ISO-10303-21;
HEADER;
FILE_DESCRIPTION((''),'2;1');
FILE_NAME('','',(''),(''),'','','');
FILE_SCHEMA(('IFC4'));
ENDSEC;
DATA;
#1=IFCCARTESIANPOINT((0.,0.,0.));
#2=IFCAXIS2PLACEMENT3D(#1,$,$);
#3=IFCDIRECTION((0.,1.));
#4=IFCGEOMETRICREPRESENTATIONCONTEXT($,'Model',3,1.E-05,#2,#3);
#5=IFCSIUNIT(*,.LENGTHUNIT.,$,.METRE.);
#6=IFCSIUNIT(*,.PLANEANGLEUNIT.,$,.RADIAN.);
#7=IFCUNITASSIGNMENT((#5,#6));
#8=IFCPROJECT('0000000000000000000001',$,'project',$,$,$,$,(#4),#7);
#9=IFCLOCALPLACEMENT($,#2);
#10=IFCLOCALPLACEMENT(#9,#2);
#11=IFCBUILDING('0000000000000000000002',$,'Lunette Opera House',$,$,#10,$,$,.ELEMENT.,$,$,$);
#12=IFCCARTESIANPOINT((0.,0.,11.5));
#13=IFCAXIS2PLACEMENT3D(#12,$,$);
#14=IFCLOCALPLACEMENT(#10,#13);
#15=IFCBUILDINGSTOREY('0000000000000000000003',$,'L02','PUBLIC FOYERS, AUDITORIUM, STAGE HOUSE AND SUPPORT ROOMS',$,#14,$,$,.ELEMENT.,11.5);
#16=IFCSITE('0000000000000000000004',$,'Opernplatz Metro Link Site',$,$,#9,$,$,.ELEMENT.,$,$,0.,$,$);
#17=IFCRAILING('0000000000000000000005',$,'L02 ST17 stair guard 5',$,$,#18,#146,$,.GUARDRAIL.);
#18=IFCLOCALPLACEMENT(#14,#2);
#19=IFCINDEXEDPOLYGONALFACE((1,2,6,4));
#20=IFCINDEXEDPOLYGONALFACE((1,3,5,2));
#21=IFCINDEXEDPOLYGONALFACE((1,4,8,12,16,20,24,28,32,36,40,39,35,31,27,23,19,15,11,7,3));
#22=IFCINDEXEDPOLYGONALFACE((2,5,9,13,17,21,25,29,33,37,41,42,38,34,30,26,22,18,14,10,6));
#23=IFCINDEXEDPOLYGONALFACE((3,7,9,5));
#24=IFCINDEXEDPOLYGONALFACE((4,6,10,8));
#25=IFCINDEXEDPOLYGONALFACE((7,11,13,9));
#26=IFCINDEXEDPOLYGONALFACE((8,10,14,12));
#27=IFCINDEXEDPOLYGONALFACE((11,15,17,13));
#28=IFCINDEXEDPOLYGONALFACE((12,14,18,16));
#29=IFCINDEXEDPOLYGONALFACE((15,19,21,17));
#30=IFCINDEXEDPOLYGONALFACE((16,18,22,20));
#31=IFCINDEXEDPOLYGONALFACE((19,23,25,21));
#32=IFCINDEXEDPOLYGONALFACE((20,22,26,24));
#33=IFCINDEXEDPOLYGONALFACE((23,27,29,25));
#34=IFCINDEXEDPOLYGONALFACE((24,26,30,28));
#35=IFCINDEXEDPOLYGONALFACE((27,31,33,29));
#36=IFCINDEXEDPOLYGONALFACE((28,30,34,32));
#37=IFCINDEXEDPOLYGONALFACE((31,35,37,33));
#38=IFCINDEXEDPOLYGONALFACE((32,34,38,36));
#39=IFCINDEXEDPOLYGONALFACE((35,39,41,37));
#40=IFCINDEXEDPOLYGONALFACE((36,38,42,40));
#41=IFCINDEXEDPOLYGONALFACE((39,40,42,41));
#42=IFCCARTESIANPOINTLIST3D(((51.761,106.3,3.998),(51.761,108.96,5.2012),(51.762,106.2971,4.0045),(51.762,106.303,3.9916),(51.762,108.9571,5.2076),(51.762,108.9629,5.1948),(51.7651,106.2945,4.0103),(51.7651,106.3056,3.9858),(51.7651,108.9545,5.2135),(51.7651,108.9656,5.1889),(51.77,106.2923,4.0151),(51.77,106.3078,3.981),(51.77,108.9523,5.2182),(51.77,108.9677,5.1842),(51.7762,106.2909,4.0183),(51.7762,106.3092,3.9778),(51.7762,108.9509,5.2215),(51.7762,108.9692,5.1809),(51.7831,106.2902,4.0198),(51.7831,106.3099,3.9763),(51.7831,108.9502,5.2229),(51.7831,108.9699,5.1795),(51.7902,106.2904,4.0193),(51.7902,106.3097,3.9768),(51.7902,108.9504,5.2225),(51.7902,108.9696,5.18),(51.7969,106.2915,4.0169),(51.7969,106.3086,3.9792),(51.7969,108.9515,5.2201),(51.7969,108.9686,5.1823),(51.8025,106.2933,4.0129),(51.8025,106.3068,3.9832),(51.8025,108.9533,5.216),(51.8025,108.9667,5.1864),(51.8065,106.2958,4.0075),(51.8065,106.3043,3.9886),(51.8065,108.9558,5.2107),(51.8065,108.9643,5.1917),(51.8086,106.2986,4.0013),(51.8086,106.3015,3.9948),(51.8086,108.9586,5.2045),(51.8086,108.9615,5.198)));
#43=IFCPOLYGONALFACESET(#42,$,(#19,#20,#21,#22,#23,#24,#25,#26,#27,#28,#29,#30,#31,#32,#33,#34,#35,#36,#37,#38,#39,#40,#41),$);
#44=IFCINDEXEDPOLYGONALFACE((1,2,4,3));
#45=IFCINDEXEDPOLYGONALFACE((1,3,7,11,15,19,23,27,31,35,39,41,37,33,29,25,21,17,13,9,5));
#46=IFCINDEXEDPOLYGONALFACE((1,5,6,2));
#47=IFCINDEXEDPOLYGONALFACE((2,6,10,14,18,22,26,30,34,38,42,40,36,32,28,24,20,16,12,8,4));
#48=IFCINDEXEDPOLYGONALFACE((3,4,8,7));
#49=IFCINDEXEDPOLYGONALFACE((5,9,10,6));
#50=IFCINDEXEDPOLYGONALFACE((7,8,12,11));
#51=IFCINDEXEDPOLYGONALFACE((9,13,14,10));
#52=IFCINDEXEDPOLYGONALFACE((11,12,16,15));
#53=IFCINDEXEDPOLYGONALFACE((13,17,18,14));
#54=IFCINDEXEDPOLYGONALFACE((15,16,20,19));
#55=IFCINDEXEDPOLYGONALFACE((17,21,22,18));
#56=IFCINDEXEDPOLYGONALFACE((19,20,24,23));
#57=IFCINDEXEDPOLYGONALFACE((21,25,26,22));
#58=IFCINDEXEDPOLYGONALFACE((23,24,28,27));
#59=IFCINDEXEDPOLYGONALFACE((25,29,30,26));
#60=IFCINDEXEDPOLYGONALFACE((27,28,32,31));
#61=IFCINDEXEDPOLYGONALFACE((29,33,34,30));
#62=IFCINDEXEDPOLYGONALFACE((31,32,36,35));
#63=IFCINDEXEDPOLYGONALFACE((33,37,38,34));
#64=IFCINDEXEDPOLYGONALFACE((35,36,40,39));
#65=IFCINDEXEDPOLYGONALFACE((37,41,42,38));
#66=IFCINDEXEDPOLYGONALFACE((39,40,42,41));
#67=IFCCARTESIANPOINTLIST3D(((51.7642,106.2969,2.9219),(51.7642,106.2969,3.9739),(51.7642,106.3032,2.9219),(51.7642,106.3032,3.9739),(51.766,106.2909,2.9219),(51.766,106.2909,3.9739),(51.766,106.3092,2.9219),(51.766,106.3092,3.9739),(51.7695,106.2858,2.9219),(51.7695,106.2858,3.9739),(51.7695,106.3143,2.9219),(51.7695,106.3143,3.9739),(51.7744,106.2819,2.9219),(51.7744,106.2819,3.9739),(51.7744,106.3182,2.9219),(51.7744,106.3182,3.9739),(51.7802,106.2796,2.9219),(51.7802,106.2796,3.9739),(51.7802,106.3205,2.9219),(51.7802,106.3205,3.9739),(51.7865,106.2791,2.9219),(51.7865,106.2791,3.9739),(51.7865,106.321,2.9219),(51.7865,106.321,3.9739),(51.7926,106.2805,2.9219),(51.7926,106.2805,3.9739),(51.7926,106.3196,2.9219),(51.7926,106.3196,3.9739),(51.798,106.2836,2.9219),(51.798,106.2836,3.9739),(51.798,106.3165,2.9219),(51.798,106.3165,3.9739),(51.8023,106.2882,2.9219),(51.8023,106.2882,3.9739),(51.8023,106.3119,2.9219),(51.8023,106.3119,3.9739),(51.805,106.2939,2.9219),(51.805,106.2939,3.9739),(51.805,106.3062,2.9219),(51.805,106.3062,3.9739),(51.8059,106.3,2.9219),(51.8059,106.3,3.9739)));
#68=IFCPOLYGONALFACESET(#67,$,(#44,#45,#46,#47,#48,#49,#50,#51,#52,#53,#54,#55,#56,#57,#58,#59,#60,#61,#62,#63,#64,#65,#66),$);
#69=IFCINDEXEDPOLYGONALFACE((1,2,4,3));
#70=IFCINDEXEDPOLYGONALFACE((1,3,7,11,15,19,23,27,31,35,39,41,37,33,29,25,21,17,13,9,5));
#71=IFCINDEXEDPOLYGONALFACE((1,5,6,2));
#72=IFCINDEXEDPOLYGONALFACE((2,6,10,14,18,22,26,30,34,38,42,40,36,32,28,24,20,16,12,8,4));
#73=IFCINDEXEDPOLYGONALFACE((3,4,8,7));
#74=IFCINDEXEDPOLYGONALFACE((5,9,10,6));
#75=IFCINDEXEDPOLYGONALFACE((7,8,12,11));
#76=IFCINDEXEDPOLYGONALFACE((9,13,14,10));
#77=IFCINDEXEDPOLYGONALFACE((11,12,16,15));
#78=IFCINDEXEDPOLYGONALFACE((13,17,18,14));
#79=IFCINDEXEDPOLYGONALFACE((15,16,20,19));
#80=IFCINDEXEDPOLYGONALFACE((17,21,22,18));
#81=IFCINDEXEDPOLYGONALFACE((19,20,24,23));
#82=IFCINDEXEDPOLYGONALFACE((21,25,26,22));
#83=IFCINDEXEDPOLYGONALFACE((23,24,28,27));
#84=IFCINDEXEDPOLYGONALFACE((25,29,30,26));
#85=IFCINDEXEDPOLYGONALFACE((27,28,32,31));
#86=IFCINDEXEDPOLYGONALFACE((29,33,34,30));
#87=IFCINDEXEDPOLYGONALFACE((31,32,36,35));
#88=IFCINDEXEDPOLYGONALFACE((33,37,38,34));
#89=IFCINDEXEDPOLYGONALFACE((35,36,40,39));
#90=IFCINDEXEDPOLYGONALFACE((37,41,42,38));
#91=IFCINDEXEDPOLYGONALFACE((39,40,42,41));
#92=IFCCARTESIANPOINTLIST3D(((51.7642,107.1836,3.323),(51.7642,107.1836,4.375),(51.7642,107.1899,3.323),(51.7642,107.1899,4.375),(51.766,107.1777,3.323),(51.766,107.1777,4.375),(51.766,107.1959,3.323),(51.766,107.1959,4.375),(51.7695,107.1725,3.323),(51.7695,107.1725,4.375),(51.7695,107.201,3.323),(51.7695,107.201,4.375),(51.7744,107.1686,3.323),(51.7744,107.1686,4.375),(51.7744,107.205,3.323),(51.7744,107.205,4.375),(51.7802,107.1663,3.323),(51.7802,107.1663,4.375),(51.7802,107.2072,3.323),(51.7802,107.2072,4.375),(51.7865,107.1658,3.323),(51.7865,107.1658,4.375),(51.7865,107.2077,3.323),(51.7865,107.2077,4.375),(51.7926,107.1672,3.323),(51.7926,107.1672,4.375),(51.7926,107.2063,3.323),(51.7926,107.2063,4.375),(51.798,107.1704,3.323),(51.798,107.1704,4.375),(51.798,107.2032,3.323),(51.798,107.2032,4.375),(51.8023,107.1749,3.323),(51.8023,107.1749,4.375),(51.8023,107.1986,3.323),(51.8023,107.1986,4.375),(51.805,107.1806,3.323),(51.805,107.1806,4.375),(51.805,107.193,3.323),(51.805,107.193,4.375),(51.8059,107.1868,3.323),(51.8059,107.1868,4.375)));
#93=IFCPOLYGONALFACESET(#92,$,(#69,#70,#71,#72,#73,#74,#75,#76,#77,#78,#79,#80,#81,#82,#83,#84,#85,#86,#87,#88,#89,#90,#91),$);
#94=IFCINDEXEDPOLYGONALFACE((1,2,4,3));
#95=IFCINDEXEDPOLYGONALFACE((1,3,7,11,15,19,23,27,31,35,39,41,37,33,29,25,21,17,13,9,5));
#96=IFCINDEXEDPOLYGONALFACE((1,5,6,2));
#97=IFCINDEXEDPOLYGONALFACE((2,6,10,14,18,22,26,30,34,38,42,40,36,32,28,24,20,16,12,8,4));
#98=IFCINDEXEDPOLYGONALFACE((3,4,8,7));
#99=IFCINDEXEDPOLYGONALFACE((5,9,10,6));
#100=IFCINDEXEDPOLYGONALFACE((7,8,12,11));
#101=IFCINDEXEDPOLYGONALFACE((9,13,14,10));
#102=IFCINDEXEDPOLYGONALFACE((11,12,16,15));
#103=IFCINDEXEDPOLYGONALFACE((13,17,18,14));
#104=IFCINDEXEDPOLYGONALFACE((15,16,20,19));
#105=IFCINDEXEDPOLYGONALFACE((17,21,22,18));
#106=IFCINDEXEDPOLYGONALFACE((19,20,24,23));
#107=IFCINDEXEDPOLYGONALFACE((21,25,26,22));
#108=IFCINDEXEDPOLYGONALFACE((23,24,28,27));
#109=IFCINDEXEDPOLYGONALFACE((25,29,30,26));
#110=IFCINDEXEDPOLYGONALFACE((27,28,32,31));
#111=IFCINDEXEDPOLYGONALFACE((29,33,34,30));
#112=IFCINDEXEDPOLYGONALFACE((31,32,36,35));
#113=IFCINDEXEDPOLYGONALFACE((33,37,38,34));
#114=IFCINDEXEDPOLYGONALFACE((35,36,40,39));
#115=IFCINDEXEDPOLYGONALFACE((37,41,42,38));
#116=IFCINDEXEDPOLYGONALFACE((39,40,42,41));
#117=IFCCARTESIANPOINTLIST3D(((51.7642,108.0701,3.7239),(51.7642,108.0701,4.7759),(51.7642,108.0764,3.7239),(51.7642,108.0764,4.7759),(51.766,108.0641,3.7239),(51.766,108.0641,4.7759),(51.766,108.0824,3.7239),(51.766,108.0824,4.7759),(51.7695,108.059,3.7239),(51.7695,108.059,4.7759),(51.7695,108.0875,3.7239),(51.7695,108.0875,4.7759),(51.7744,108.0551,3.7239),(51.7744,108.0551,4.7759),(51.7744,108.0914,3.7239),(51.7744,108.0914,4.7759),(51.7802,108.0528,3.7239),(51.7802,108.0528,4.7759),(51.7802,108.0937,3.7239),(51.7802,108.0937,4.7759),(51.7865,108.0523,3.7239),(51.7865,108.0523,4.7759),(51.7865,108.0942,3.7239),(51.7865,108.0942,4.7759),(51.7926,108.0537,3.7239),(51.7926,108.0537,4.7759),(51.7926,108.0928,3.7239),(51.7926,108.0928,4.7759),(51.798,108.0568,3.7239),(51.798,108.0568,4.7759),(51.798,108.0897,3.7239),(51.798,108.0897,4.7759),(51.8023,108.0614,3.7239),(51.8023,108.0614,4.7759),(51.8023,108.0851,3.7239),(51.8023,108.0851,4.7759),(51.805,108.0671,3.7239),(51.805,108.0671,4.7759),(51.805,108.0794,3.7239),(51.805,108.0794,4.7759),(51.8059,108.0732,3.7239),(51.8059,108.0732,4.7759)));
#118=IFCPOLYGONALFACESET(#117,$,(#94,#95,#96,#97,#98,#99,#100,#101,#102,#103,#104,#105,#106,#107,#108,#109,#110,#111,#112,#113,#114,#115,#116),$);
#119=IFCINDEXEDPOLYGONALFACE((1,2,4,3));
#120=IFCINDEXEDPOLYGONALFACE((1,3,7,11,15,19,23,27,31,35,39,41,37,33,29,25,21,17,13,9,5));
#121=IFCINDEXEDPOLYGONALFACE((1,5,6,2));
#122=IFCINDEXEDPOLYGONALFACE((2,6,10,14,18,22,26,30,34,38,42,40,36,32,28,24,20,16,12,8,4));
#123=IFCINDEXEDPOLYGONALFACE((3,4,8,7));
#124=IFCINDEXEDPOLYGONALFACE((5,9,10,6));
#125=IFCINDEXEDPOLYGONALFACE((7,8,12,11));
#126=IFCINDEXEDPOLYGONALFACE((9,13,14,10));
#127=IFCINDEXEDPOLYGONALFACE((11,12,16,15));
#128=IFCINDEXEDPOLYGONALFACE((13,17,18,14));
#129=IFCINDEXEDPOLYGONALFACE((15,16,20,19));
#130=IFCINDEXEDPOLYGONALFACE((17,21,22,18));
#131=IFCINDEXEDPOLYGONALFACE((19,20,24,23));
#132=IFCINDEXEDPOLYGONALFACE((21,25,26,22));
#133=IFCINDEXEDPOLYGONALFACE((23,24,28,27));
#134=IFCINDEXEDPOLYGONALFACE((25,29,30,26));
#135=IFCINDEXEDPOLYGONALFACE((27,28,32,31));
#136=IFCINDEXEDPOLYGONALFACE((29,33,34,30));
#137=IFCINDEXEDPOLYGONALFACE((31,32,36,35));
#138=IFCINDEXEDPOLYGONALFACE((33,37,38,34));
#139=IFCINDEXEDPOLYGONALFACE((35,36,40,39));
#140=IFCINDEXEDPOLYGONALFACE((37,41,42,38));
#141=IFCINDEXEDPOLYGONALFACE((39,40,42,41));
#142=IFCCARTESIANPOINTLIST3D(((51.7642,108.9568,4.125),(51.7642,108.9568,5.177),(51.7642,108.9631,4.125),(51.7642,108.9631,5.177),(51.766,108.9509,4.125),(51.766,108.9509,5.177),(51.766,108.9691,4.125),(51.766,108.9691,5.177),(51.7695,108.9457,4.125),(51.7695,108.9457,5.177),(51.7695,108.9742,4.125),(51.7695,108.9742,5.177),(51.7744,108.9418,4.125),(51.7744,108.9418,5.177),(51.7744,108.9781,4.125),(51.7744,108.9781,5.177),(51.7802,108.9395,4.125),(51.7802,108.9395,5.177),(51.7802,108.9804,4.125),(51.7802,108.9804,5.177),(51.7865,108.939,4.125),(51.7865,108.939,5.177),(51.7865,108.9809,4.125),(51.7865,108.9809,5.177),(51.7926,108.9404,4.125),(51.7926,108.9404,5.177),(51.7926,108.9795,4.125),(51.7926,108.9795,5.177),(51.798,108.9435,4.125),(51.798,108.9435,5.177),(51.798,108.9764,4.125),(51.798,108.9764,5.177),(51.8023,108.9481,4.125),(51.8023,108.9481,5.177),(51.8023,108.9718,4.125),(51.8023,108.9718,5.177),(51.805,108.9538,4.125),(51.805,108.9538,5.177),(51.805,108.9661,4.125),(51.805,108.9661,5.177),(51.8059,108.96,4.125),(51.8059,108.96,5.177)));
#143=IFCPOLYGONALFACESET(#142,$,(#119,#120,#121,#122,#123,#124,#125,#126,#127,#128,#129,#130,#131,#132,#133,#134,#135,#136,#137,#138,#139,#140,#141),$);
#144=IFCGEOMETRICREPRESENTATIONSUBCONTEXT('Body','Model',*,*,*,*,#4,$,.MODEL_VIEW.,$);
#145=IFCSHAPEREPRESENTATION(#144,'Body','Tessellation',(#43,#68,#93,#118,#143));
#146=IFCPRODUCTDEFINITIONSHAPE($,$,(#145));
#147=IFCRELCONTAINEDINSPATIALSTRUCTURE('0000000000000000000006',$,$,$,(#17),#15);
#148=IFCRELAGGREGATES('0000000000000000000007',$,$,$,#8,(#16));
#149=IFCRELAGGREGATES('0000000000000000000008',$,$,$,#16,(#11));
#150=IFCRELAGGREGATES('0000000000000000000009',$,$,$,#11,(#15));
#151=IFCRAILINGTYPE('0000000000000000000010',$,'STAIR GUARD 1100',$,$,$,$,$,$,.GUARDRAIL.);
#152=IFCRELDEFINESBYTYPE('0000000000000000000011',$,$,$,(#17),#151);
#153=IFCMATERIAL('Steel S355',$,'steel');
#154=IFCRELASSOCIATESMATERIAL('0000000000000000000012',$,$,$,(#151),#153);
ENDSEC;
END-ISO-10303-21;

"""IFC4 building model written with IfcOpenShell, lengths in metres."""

from ifc_helpers import new_model, si_unit, direction, frame, origin, origin_2d, place, context, subcontext, project, spatial, circle, extrude, material, type_object, element, save


model = new_model("IFC4")

# Units and contexts
model_context = context("Model", 3, precision=1e-05, world=origin(), true_north=direction((0.0, 1.0)))
body_context = subcontext(model_context, "Body", "Model", "MODEL_VIEW")
ifc_project = project(units=[si_unit("LENGTHUNIT", "METRE"), si_unit("PLANEANGLEUNIT", "RADIAN")], contexts=[model_context])

# Site, building, storey
site_placement = place(None, origin())
site = spatial("IfcSite", under=ifc_project, at=site_placement, Name="Opernplatz Metro Link Site", CompositionType="ELEMENT", RefElevation=0.0)
building_placement = place(site_placement, origin())
building = spatial("IfcBuilding", under=site, at=building_placement, Name="Lunette Opera House", CompositionType="ELEMENT")
storey_placement = place(building_placement, frame((0.0, 0.0, 11.5)))
storey = spatial("IfcBuildingStorey", under=building, at=storey_placement, Name="L02", Description="PUBLIC FOYERS, AUDITORIUM, STAGE HOUSE AND SUPPORT ROOMS", CompositionType="ELEMENT", Elevation=11.5)

# Railing
ifc_material_1 = material(Name="Steel S355", Category="steel")
railing_type_1 = type_object("IfcRailingType", Name="STAIR GUARD 1100", PredefinedType="GUARDRAIL", material=ifc_material_1)
railing_1_placement = place(storey_placement, frame((51.7849, 106.3, 2.9219)))
element("IfcRailing", 1, at=railing_1_placement, inside=storey, type_object=railing_type_1, Name="L02 ST17 stair guard 5", PredefinedType="GUARDRAIL", context=body_context, shape_type="SweptSolid", body=[
    extrude(circle(Radius=0.0239, at=origin_2d()), frame((0.0, 0.0, 1.0762), z_axis=(0.0, 0.91113, 0.41212), x_axis=(-1.0, 0.0, 0.0)), (0.0, 0.0, 1.0), 2.9194),
    extrude(circle(Radius=0.021, at=origin_2d()), origin(), (0.0, 0.0, 1.0), 1.052),
    extrude(circle(Radius=0.021, at=origin_2d()), frame((0.0, 0.8867, 0.4011)), (0.0, 0.0, 1.0), 1.052),
    extrude(circle(Radius=0.021, at=origin_2d()), frame((0.0, 1.7732, 0.802)), (0.0, 0.0, 1.0), 1.052),
    extrude(circle(Radius=0.021, at=origin_2d()), frame((0.0, 2.6599, 1.2031)), (0.0, 0.0, 1.0), 1.052),
])

save(model, "model.ifc")
